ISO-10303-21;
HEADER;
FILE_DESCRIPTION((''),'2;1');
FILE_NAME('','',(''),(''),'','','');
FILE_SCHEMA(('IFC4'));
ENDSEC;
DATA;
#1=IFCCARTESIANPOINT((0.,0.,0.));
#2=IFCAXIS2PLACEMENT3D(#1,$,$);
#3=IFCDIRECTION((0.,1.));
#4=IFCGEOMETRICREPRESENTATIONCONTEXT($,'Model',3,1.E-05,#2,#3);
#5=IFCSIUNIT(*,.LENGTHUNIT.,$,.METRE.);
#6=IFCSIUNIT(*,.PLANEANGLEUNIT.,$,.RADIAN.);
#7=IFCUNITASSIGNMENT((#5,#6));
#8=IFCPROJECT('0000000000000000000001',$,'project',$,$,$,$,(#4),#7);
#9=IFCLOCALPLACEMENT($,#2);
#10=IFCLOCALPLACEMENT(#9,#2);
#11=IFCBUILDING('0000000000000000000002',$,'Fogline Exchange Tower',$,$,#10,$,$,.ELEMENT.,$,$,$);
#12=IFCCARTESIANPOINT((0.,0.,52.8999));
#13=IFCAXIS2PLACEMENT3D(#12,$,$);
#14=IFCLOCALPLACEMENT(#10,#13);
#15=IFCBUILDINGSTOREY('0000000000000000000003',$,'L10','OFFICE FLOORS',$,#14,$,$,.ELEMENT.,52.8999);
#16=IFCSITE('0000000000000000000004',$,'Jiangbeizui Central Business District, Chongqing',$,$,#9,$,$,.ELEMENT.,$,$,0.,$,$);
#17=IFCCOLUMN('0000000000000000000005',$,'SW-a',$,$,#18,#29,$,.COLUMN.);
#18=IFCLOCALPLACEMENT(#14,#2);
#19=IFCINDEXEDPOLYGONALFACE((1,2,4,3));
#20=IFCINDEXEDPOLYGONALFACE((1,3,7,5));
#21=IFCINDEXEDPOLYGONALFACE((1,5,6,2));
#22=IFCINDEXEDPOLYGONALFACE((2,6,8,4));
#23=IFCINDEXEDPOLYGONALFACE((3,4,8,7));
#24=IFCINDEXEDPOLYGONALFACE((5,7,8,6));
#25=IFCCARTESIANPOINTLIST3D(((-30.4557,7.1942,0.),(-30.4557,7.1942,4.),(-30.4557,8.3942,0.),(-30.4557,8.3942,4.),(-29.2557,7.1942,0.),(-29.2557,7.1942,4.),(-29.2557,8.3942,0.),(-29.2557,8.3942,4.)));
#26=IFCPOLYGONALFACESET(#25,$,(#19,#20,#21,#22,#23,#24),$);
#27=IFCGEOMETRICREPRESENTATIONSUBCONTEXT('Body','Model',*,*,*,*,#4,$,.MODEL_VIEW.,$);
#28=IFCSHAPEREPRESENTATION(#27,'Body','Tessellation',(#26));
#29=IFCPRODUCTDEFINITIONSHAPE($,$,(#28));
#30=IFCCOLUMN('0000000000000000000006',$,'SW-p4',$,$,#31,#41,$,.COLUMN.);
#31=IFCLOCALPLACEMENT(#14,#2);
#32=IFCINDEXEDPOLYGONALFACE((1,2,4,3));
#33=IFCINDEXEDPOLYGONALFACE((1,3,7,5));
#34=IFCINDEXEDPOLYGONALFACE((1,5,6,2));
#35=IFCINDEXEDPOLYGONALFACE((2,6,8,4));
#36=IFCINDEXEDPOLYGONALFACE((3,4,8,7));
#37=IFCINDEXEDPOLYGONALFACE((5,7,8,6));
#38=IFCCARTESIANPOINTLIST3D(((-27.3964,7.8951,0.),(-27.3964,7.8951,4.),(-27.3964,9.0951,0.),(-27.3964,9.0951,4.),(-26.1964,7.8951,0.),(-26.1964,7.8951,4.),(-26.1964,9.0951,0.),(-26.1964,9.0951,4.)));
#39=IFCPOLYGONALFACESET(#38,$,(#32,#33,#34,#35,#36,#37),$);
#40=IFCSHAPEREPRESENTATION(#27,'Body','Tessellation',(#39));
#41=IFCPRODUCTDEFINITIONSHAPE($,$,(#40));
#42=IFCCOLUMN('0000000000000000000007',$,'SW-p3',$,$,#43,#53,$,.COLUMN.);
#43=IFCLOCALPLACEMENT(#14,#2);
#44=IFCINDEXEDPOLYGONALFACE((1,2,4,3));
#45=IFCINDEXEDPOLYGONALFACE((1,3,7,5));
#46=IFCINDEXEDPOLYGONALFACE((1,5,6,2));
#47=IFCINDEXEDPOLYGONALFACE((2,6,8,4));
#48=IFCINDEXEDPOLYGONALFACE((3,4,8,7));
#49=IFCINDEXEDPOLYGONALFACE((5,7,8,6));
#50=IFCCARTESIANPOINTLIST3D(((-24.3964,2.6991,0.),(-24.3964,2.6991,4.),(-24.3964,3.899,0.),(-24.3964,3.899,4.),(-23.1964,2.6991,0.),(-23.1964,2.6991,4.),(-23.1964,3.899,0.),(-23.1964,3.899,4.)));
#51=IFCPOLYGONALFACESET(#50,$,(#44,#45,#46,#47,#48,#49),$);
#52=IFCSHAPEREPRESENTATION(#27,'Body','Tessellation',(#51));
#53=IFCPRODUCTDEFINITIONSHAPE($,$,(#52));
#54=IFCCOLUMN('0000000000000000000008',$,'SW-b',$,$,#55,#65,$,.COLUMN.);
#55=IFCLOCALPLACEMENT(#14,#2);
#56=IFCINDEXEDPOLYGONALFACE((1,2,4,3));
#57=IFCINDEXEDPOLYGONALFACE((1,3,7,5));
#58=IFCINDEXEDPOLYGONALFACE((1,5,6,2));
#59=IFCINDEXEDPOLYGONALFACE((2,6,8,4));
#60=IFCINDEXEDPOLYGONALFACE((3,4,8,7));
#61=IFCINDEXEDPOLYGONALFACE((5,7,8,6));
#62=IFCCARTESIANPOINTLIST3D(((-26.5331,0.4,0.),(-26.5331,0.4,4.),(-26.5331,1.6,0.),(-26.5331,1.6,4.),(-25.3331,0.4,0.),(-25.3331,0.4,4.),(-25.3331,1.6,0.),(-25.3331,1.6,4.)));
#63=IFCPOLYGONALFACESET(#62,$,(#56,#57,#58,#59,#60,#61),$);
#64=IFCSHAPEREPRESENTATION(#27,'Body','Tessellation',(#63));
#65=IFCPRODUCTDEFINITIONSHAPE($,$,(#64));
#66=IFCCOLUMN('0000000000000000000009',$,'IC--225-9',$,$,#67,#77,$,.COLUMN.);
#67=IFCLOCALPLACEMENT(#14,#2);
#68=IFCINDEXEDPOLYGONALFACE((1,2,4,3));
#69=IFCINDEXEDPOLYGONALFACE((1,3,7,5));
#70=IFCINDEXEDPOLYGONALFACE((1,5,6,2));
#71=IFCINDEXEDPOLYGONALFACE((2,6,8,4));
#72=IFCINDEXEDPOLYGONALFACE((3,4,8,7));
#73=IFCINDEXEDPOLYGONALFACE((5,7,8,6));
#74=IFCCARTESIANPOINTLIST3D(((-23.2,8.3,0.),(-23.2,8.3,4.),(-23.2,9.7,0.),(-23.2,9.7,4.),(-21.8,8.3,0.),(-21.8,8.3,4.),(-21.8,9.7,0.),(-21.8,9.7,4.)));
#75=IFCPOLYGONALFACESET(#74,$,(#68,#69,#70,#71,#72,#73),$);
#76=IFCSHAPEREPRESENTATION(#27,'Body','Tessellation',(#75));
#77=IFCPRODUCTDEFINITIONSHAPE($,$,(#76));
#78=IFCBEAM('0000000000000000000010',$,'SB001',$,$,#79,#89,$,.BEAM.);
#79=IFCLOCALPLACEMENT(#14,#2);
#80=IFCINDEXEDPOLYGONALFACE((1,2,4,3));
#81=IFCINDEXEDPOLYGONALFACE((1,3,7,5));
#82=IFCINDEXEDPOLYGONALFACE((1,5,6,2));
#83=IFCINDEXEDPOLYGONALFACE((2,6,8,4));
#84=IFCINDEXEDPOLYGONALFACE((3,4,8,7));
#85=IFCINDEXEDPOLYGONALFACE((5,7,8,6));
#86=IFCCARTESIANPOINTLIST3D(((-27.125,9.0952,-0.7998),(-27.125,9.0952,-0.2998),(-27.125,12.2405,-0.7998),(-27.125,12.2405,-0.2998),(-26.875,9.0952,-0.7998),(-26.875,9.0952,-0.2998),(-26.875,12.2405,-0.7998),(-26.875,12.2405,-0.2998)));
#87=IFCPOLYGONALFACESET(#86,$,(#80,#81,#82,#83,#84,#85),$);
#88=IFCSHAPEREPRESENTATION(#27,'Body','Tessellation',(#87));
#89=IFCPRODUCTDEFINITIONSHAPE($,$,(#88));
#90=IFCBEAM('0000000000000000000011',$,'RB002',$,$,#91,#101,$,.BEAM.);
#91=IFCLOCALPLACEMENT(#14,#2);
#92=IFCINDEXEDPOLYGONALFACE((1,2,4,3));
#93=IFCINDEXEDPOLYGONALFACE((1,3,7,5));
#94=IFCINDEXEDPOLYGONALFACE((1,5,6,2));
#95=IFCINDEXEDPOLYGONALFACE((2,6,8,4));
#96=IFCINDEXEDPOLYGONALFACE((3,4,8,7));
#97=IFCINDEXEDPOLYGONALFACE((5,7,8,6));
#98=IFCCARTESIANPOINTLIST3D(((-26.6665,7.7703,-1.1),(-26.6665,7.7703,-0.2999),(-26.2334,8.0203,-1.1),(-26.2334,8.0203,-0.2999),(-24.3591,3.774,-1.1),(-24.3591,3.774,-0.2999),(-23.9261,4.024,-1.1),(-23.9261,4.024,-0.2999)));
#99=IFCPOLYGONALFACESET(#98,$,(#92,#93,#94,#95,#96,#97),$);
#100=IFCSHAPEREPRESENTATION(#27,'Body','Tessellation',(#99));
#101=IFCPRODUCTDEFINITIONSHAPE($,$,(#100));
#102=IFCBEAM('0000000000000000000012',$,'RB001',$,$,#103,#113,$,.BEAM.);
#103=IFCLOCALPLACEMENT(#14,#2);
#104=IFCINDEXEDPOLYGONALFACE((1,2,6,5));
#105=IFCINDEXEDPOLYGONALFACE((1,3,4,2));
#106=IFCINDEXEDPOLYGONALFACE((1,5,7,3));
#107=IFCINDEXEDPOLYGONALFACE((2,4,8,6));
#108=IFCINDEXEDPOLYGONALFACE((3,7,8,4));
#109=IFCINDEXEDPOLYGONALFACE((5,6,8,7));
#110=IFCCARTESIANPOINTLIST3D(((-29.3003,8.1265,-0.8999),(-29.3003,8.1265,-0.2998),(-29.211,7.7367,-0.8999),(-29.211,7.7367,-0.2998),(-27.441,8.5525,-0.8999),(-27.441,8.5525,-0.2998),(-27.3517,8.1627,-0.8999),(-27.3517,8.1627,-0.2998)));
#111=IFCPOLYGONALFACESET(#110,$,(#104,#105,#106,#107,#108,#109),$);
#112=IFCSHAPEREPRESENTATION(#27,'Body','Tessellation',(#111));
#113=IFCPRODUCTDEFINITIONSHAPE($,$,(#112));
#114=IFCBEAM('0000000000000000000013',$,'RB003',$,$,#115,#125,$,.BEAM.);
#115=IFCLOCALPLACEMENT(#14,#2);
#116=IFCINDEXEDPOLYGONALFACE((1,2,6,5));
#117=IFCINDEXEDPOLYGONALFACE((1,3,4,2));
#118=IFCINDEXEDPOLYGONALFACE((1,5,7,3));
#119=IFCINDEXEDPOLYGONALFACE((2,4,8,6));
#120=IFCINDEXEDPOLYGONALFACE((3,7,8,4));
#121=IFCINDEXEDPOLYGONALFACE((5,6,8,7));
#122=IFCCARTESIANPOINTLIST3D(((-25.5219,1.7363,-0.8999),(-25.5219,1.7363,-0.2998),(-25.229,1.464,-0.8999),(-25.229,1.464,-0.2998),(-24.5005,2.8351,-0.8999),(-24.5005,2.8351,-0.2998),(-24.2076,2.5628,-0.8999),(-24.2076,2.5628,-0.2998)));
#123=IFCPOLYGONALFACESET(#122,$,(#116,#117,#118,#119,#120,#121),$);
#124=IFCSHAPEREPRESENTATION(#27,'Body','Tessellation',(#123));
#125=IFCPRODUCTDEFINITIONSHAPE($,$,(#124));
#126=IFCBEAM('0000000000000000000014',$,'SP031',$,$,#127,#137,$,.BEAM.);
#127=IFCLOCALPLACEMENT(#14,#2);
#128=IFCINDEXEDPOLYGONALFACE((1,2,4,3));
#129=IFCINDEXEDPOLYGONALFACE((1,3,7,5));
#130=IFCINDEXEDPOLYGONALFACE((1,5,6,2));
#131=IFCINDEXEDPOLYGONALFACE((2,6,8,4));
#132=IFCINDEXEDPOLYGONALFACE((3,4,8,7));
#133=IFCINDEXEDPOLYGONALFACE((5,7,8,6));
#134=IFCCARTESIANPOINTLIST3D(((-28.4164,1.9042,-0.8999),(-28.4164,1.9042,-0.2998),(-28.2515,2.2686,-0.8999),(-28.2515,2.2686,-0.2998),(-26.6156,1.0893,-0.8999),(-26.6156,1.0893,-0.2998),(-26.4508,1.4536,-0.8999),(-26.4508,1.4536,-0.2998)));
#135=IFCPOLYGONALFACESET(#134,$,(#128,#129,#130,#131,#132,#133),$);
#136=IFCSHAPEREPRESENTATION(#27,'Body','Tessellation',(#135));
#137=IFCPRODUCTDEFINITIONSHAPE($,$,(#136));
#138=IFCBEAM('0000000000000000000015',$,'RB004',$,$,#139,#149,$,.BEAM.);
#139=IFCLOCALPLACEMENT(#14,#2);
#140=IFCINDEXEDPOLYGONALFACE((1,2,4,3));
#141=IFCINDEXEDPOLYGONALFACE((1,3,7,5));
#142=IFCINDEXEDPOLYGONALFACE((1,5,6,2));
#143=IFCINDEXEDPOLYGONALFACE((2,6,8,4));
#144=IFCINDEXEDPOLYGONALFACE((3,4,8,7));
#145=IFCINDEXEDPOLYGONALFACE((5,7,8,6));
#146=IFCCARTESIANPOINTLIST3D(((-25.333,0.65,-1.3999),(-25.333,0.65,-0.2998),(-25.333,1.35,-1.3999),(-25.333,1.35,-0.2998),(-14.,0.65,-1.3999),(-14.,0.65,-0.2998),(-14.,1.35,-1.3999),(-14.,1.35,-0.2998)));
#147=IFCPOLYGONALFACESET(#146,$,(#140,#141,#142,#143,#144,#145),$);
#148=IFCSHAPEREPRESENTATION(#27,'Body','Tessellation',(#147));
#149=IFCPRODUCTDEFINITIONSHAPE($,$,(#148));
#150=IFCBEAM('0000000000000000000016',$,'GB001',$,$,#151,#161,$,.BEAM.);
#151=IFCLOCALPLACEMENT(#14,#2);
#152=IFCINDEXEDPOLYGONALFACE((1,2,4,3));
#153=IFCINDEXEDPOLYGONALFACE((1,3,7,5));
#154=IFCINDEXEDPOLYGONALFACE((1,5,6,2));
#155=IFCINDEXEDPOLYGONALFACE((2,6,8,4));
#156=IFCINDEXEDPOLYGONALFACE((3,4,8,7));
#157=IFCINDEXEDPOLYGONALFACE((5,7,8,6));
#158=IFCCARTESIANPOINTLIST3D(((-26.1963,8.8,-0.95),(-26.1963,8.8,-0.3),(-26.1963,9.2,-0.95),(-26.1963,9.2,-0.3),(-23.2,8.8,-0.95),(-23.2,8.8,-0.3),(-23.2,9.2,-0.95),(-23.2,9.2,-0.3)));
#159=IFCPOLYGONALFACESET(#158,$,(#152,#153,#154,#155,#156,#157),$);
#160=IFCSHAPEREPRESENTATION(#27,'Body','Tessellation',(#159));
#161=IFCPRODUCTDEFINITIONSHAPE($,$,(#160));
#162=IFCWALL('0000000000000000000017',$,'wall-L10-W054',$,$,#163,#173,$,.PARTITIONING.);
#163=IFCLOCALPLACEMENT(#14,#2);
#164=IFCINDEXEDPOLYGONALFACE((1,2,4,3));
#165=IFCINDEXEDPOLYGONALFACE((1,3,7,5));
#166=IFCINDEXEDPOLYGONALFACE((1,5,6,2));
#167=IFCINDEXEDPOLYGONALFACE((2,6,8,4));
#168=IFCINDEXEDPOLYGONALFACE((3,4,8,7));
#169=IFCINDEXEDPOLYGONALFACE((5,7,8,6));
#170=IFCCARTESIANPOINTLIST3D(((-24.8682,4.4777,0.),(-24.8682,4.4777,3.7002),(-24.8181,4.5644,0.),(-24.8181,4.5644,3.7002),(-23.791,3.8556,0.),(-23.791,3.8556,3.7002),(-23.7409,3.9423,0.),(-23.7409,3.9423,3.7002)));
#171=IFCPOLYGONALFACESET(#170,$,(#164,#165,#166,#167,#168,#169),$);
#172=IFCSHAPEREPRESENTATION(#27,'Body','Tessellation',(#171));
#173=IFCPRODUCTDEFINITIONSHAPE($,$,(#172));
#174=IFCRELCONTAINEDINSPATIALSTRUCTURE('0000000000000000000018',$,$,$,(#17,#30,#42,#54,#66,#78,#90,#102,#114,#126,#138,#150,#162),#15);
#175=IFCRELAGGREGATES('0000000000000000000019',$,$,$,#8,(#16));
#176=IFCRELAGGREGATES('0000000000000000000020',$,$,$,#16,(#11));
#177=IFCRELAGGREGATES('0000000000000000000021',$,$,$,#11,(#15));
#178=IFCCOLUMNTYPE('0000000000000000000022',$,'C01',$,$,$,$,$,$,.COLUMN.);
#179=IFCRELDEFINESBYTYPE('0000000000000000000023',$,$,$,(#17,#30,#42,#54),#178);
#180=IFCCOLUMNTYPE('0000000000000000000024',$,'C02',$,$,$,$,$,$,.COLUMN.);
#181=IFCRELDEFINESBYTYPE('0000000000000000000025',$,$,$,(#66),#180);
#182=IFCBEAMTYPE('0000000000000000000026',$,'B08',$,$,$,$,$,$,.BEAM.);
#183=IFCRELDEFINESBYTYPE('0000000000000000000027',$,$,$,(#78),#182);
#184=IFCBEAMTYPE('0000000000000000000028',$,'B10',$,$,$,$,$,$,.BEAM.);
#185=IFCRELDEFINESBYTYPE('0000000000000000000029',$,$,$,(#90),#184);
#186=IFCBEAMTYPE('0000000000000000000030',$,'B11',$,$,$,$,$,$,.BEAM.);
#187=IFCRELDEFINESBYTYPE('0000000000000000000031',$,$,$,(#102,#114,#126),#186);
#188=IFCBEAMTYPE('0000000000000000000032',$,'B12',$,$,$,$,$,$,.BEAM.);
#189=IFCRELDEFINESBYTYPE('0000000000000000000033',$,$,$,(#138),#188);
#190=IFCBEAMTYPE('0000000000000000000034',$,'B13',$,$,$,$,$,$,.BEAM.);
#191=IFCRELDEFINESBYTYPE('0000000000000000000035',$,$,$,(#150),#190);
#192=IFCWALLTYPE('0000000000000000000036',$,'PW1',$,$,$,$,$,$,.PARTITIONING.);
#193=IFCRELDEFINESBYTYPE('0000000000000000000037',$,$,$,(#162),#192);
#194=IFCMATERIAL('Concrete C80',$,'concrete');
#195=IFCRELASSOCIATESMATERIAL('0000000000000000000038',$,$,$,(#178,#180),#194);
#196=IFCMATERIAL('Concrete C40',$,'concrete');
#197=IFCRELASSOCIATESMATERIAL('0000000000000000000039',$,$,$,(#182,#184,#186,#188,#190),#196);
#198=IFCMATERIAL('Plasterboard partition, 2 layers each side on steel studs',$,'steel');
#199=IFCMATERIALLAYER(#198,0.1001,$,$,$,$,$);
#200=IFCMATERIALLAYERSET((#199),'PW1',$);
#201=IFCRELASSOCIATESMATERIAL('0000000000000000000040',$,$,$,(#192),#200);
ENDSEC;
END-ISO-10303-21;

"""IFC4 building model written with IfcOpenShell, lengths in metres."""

from ifc_helpers import new_model, si_unit, direction, frame, frame_2d, origin, origin_2d, place, context, subcontext, project, spatial, rectangle, extrude, material, layer, layer_set, material_profile, profile_set, type_object, element, save


model = new_model("IFC4")

# Units and contexts
model_context = context("Model", 3, precision=1e-05, world=origin(), true_north=direction((0.0, 1.0)))
body_context = subcontext(model_context, "Body", "Model", "MODEL_VIEW")
ifc_project = project(units=[si_unit("LENGTHUNIT", "METRE"), si_unit("PLANEANGLEUNIT", "RADIAN")], contexts=[model_context])

# Site, building, storey
site_placement = place(None, origin())
site = spatial("IfcSite", under=ifc_project, at=site_placement, Name="Jiangbeizui Central Business District, Chongqing", CompositionType="ELEMENT", RefElevation=0.0)
building_placement = place(site_placement, origin())
building = spatial("IfcBuilding", under=site, at=building_placement, Name="Fogline Exchange Tower", CompositionType="ELEMENT")
storey_placement = place(building_placement, frame((0.0, 0.0, 52.8999)))
storey = spatial("IfcBuildingStorey", under=building, at=storey_placement, Name="L10", Description="OFFICE FLOORS", CompositionType="ELEMENT", Elevation=52.8999)

# Columns
ifc_material_1 = material(Name="Concrete C80", Category="concrete")
ifc_material_profile_1 = material_profile(ifc_material_1, rectangle(XDim=1.2, YDim=1.2, at=origin_2d()), Name="RC 1200x1200")
ifc_profile_set_1 = profile_set([ifc_material_profile_1], Name="Concrete C80")
column_type_1 = type_object("IfcColumnType", Name="C01", PredefinedType="COLUMN", material=ifc_profile_set_1)
for number, where, z_axis, x_axis, name in (
    (1, (-29.8557, 7.7942, 0.0), (0.0, 0.0, 1.0), (1.0, 0.0, 0.0), "SW-a"),
    (2, (-26.7964, 8.4951, 0.0), (0.0, 0.0, 1.0), (1.0, 0.0, 0.0), "SW-p4"),
    (3, (-23.7964, 3.2991, 0.0), (0.0, 0.0, 1.0), (1.0, 0.0, 0.0), "SW-p3"),
    (4, (-25.9331, 1.0, 0.0), (0.0, 0.0, 1.0), (1.0, 0.0, 0.0), "SW-b"),
):
    element("IfcColumn", number, at=place(storey_placement, frame(where, z_axis=z_axis, x_axis=x_axis)), inside=storey, type_object=column_type_1, Name=name, PredefinedType="COLUMN", context=body_context, shape_type="SweptSolid", body=[
        extrude(rectangle(XDim=1.2, YDim=1.2, at=origin_2d()), origin(), (0.0, 0.0, 1.0), 4.0),
    ])
ifc_material_profile_2 = material_profile(ifc_material_1, rectangle(XDim=1.3999, YDim=1.3999, at=origin_2d()), Name="RC 1400x1400")
ifc_profile_set_2 = profile_set([ifc_material_profile_2], Name="Concrete C80")
column_type_2 = type_object("IfcColumnType", Name="C02", PredefinedType="COLUMN", material=ifc_profile_set_2)
column_placement = place(storey_placement, frame((-22.5, 9.0, 0.0), z_axis=(0.0, 0.0, 1.0), x_axis=(1.0, 0.0, 0.0)))
element("IfcColumn", 5, at=column_placement, inside=storey, type_object=column_type_2, Name="IC--225-9", PredefinedType="COLUMN", context=body_context, shape_type="SweptSolid", body=[
    extrude(rectangle(XDim=1.3999, YDim=1.3999, at=origin_2d()), origin(), (0.0, 0.0, 1.0), 4.0),
])

# Beams
ifc_material_2 = material(Name="Concrete C40", Category="concrete")
ifc_material_profile_3 = material_profile(ifc_material_2, rectangle(XDim=0.25, YDim=0.5, at=origin_2d()), Name="RC 250x500")
ifc_profile_set_3 = profile_set([ifc_material_profile_3], Name="Concrete C40")
beam_type_1 = type_object("IfcBeamType", Name="B08", PredefinedType="BEAM", material=ifc_profile_set_3)
beam_1_placement = place(storey_placement, frame((-27.0, 9.0952, -0.5498), z_axis=(0.0, 1.0, 0.0), x_axis=(-1.0, 0.0, 0.0)))
element("IfcBeam", 6, at=beam_1_placement, inside=storey, type_object=beam_type_1, Name="SB001", PredefinedType="BEAM", context=body_context, shape_type="SweptSolid", body=[
    extrude(rectangle(XDim=0.25, YDim=0.5, at=origin_2d()), origin(), (0.0, 0.0, 1.0), 3.1453),
])
ifc_material_profile_4 = material_profile(ifc_material_2, rectangle(XDim=0.5, YDim=0.8, at=origin_2d()), Name="RC 500x800")
ifc_profile_set_4 = profile_set([ifc_material_profile_4], Name="Concrete C40")
beam_type_2 = type_object("IfcBeamType", Name="B10", PredefinedType="BEAM", material=ifc_profile_set_4)
beam_2_placement = place(storey_placement, frame((-26.45, 7.8953, -0.7), z_axis=(0.500014, -0.866017, 0.0), x_axis=(0.866017, 0.500014, 0.0)))
element("IfcBeam", 7, at=beam_2_placement, inside=storey, type_object=beam_type_2, Name="RB002", PredefinedType="BEAM", context=body_context, shape_type="SweptSolid", body=[
    extrude(rectangle(XDim=0.5, YDim=0.8, at=origin_2d()), origin(), (0.0, 0.0, 1.0), 4.6145),
])
ifc_material_profile_5 = material_profile(ifc_material_2, rectangle(XDim=0.3999, YDim=0.6001, at=origin_2d()), Name="RC 400x600")
ifc_profile_set_5 = profile_set([ifc_material_profile_5], Name="Concrete C40")
beam_type_3 = type_object("IfcBeamType", Name="B11", PredefinedType="BEAM", material=ifc_profile_set_5)
beam_3_placement = place(storey_placement, frame((-29.2556, 7.9316, -0.5999), z_axis=(0.974742, 0.223336, 0.0), x_axis=(-0.223336, 0.974742, 0.0)))
element("IfcBeam", 8, at=beam_3_placement, inside=storey, type_object=beam_type_3, Name="RB001", PredefinedType="BEAM", context=body_context, shape_type="SweptSolid", body=[
    extrude(rectangle(XDim=0.3999, YDim=0.6001, at=origin_2d()), origin(), (0.0, 0.0, 1.0), 1.9075),
])
beam_4_placement = place(storey_placement, frame((-24.354, 2.699, -0.5999), z_axis=(-0.680844, -0.732428, 0.0), x_axis=(0.732428, -0.680844, 0.0)))
element("IfcBeam", 9, at=beam_4_placement, inside=storey, type_object=beam_type_3, Name="RB003", PredefinedType="BEAM", context=body_context, shape_type="SweptSolid", body=[
    extrude(rectangle(XDim=0.3999, YDim=0.6001, at=origin_2d()), origin(), (0.0, 0.0, 1.0), 1.5002),
])
beam_5_placement = place(storey_placement, frame((-26.5332, 1.2715, -0.5999), z_axis=(-0.91105, 0.412295, 0.0), x_axis=(-0.412295, -0.91105, 0.0)))
element("IfcBeam", 10, at=beam_5_placement, inside=storey, type_object=beam_type_3, Name="SP031", PredefinedType="BEAM", context=body_context, shape_type="SweptSolid", body=[
    extrude(rectangle(XDim=0.3999, YDim=0.6001, at=origin_2d()), origin(), (0.0, 0.0, 1.0), 1.9766),
])
ifc_material_profile_6 = material_profile(ifc_material_2, rectangle(XDim=0.7, YDim=1.1001, at=origin_2d()), Name="RC 700x1100")
ifc_profile_set_6 = profile_set([ifc_material_profile_6], Name="Concrete C40")
beam_type_4 = type_object("IfcBeamType", Name="B12", PredefinedType="BEAM", material=ifc_profile_set_6)
beam_6_placement = place(storey_placement, frame((-25.333, 1.0, -0.8499), z_axis=(1.0, 0.0, 0.0), x_axis=(0.0, 1.0, 0.0)))
element("IfcBeam", 11, at=beam_6_placement, inside=storey, type_object=beam_type_4, Name="RB004", PredefinedType="BEAM", context=body_context, shape_type="SweptSolid", body=[
    extrude(rectangle(XDim=0.7, YDim=1.1001, at=origin_2d()), origin(), (0.0, 0.0, 1.0), 11.333),
])
ifc_material_profile_7 = material_profile(ifc_material_2, rectangle(XDim=0.3999, YDim=0.6499, at=origin_2d()), Name="RC 400x650")
ifc_profile_set_7 = profile_set([ifc_material_profile_7], Name="Concrete C40")
beam_type_5 = type_object("IfcBeamType", Name="B13", PredefinedType="BEAM", material=ifc_profile_set_7)
beam_7_placement = place(storey_placement, frame((-26.1963, 9.0, -0.625), z_axis=(1.0, 0.0, 0.0), x_axis=(0.0, 1.0, 0.0)))
element("IfcBeam", 12, at=beam_7_placement, inside=storey, type_object=beam_type_5, Name="GB001", PredefinedType="BEAM", context=body_context, shape_type="SweptSolid", body=[
    extrude(rectangle(XDim=0.3999, YDim=0.6499, at=origin_2d()), origin(), (0.0, 0.0, 1.0), 2.9963),
])

# Wall
ifc_material_3 = material(Name="Plasterboard partition, 2 layers each side on steel studs", Category="steel")
ifc_layer_1 = layer(ifc_material_3, 0.1001)
ifc_layer_set_1 = layer_set([ifc_layer_1], Name="PW1")
wall_type_1 = type_object("IfcWallType", Name="PW1", PredefinedType="PARTITIONING", material=ifc_layer_set_1)
wall_1_placement = place(storey_placement, frame((-23.7659, 3.8989, 0.0), z_axis=(0.0, 0.0, 1.0), x_axis=(-0.865963, 0.500108, 0.0)))
element("IfcWall", 13, at=wall_1_placement, inside=storey, type_object=wall_type_1, Name="wall-L10-W054", PredefinedType="PARTITIONING", context=body_context, shape_type="SweptSolid", body=[
    extrude(rectangle(XDim=1.2439, YDim=0.1001, at=frame_2d((0.6221, 0.0))), origin(), (0.0, 0.0, 1.0), 3.7002),
])

save(model, "model.ifc")
